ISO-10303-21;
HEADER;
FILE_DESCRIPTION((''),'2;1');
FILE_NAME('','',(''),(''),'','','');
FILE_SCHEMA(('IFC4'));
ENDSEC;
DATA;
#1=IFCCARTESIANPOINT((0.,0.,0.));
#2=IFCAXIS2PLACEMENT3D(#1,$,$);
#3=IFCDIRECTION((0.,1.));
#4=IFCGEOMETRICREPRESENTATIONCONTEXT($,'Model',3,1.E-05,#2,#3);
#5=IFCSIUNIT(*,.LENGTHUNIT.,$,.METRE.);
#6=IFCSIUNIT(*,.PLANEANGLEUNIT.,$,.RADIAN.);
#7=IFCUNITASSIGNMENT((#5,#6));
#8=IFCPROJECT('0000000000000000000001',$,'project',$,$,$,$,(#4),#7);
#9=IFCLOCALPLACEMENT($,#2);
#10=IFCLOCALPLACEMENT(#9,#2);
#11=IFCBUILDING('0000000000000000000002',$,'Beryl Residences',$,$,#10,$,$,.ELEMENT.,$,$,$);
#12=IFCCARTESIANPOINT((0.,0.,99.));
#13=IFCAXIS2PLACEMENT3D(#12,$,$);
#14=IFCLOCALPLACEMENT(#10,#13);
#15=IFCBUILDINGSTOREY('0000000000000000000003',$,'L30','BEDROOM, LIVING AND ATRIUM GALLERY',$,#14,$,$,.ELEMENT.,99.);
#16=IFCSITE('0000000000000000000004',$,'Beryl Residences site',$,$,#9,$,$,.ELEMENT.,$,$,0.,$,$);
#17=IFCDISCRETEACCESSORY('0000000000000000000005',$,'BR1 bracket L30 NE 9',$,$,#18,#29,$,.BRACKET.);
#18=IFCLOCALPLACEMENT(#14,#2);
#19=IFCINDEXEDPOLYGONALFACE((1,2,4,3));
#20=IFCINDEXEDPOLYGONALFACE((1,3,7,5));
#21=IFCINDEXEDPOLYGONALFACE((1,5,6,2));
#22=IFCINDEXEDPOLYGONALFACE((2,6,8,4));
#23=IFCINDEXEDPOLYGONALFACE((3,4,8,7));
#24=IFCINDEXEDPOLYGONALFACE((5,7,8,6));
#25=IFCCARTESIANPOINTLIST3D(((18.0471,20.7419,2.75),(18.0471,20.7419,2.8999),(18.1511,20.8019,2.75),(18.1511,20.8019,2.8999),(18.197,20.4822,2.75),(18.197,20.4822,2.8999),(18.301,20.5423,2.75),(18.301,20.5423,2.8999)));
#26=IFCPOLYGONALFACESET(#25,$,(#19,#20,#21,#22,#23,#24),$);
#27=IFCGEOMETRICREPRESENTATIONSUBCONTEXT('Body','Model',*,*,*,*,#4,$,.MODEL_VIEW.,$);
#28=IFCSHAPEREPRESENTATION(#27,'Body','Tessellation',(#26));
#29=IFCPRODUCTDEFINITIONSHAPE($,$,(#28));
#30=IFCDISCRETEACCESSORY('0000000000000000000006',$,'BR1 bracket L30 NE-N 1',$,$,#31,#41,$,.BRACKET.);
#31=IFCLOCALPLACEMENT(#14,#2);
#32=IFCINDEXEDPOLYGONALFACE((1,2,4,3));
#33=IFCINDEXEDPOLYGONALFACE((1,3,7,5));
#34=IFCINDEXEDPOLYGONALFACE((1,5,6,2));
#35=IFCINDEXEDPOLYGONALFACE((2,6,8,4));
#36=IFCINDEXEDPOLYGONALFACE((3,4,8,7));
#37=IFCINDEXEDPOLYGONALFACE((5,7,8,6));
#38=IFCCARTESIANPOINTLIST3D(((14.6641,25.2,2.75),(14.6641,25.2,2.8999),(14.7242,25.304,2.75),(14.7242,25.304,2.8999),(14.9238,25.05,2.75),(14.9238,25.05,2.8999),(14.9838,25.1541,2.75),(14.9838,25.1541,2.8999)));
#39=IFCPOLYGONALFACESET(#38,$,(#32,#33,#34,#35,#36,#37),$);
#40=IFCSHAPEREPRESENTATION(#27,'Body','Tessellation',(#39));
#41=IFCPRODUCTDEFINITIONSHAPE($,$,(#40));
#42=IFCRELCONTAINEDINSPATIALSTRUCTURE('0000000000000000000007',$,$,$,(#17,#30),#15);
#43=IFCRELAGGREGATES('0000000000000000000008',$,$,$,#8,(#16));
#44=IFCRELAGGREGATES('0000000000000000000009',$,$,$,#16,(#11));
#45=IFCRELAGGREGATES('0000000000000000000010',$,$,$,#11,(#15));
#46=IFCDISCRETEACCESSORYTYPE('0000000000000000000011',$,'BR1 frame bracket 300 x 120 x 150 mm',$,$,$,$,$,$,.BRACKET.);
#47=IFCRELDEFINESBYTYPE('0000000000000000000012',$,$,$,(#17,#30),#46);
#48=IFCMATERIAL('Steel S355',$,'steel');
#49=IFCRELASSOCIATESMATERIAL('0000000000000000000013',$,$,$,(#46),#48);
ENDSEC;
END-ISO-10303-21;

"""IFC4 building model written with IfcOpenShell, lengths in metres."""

from ifc_helpers import new_model, si_unit, direction, frame, origin, place, context, subcontext, project, spatial, polyline, outline, extrude, source, transform, mapped, material, type_object, type_shapes, element, save


model = new_model("IFC4")

# Units and contexts
model_context = context("Model", 3, precision=1e-05, world=origin(), true_north=direction((0.0, 1.0)))
body_context = subcontext(model_context, "Body", "Model", "MODEL_VIEW")
ifc_project = project(units=[si_unit("LENGTHUNIT", "METRE"), si_unit("PLANEANGLEUNIT", "RADIAN")], contexts=[model_context])

# Site, building, storey
site_placement = place(None, origin())
site = spatial("IfcSite", under=ifc_project, at=site_placement, Name="Beryl Residences site", CompositionType="ELEMENT", RefElevation=0.0)
building_placement = place(site_placement, origin())
building = spatial("IfcBuilding", under=site, at=building_placement, Name="Beryl Residences", CompositionType="ELEMENT")
storey_placement = place(building_placement, frame((0.0, 0.0, 99.0)))
storey = spatial("IfcBuildingStorey", under=building, at=storey_placement, Name="L30", Description="BEDROOM, LIVING AND ATRIUM GALLERY", CompositionType="ELEMENT", Elevation=99.0)

# Discrete accessories
ifc_material_1 = material(Name="Steel S355", Category="steel")
discrete_accessory_type = type_object("IfcDiscreteAccessoryType", Name="BR1 frame bracket 300 x 120 x 150 mm", PredefinedType="BRACKET", material=ifc_material_1)
shared_shape_1 = source(origin(), body_context, "Body", "SweptSolid", [
    extrude(outline(polyline([(-0.1499, 0.0), (0.1499, 0.0), (0.1499, 0.1201), (-0.1499, 0.1201), (-0.1499, 0.0)])), origin(), (0.0, 0.0, 1.0), 0.1499),
])
type_shapes(discrete_accessory_type, [shared_shape_1])
for number, where, z_axis, x_axis, name in (
    (1, (18.1221, 20.6121, 2.75), (0.0, 0.0, 1.0), (0.5, -0.866025, 0.0), "BR1 bracket L30 NE 9"),
    (2, (14.7939, 25.125, 2.75), (0.0, 0.0, 1.0), (0.866025, -0.5, 0.0), "BR1 bracket L30 NE-N 1"),
):
    element("IfcDiscreteAccessory", number, at=place(storey_placement, frame(where, z_axis=z_axis, x_axis=x_axis)), inside=storey, type_object=discrete_accessory_type, Name=name, PredefinedType="BRACKET", context=body_context, shape_type="MappedRepresentation", body=[
        mapped(shared_shape_1, transform((0.0, 0.0, 0.0))),
    ])

save(model, "model.ifc")
